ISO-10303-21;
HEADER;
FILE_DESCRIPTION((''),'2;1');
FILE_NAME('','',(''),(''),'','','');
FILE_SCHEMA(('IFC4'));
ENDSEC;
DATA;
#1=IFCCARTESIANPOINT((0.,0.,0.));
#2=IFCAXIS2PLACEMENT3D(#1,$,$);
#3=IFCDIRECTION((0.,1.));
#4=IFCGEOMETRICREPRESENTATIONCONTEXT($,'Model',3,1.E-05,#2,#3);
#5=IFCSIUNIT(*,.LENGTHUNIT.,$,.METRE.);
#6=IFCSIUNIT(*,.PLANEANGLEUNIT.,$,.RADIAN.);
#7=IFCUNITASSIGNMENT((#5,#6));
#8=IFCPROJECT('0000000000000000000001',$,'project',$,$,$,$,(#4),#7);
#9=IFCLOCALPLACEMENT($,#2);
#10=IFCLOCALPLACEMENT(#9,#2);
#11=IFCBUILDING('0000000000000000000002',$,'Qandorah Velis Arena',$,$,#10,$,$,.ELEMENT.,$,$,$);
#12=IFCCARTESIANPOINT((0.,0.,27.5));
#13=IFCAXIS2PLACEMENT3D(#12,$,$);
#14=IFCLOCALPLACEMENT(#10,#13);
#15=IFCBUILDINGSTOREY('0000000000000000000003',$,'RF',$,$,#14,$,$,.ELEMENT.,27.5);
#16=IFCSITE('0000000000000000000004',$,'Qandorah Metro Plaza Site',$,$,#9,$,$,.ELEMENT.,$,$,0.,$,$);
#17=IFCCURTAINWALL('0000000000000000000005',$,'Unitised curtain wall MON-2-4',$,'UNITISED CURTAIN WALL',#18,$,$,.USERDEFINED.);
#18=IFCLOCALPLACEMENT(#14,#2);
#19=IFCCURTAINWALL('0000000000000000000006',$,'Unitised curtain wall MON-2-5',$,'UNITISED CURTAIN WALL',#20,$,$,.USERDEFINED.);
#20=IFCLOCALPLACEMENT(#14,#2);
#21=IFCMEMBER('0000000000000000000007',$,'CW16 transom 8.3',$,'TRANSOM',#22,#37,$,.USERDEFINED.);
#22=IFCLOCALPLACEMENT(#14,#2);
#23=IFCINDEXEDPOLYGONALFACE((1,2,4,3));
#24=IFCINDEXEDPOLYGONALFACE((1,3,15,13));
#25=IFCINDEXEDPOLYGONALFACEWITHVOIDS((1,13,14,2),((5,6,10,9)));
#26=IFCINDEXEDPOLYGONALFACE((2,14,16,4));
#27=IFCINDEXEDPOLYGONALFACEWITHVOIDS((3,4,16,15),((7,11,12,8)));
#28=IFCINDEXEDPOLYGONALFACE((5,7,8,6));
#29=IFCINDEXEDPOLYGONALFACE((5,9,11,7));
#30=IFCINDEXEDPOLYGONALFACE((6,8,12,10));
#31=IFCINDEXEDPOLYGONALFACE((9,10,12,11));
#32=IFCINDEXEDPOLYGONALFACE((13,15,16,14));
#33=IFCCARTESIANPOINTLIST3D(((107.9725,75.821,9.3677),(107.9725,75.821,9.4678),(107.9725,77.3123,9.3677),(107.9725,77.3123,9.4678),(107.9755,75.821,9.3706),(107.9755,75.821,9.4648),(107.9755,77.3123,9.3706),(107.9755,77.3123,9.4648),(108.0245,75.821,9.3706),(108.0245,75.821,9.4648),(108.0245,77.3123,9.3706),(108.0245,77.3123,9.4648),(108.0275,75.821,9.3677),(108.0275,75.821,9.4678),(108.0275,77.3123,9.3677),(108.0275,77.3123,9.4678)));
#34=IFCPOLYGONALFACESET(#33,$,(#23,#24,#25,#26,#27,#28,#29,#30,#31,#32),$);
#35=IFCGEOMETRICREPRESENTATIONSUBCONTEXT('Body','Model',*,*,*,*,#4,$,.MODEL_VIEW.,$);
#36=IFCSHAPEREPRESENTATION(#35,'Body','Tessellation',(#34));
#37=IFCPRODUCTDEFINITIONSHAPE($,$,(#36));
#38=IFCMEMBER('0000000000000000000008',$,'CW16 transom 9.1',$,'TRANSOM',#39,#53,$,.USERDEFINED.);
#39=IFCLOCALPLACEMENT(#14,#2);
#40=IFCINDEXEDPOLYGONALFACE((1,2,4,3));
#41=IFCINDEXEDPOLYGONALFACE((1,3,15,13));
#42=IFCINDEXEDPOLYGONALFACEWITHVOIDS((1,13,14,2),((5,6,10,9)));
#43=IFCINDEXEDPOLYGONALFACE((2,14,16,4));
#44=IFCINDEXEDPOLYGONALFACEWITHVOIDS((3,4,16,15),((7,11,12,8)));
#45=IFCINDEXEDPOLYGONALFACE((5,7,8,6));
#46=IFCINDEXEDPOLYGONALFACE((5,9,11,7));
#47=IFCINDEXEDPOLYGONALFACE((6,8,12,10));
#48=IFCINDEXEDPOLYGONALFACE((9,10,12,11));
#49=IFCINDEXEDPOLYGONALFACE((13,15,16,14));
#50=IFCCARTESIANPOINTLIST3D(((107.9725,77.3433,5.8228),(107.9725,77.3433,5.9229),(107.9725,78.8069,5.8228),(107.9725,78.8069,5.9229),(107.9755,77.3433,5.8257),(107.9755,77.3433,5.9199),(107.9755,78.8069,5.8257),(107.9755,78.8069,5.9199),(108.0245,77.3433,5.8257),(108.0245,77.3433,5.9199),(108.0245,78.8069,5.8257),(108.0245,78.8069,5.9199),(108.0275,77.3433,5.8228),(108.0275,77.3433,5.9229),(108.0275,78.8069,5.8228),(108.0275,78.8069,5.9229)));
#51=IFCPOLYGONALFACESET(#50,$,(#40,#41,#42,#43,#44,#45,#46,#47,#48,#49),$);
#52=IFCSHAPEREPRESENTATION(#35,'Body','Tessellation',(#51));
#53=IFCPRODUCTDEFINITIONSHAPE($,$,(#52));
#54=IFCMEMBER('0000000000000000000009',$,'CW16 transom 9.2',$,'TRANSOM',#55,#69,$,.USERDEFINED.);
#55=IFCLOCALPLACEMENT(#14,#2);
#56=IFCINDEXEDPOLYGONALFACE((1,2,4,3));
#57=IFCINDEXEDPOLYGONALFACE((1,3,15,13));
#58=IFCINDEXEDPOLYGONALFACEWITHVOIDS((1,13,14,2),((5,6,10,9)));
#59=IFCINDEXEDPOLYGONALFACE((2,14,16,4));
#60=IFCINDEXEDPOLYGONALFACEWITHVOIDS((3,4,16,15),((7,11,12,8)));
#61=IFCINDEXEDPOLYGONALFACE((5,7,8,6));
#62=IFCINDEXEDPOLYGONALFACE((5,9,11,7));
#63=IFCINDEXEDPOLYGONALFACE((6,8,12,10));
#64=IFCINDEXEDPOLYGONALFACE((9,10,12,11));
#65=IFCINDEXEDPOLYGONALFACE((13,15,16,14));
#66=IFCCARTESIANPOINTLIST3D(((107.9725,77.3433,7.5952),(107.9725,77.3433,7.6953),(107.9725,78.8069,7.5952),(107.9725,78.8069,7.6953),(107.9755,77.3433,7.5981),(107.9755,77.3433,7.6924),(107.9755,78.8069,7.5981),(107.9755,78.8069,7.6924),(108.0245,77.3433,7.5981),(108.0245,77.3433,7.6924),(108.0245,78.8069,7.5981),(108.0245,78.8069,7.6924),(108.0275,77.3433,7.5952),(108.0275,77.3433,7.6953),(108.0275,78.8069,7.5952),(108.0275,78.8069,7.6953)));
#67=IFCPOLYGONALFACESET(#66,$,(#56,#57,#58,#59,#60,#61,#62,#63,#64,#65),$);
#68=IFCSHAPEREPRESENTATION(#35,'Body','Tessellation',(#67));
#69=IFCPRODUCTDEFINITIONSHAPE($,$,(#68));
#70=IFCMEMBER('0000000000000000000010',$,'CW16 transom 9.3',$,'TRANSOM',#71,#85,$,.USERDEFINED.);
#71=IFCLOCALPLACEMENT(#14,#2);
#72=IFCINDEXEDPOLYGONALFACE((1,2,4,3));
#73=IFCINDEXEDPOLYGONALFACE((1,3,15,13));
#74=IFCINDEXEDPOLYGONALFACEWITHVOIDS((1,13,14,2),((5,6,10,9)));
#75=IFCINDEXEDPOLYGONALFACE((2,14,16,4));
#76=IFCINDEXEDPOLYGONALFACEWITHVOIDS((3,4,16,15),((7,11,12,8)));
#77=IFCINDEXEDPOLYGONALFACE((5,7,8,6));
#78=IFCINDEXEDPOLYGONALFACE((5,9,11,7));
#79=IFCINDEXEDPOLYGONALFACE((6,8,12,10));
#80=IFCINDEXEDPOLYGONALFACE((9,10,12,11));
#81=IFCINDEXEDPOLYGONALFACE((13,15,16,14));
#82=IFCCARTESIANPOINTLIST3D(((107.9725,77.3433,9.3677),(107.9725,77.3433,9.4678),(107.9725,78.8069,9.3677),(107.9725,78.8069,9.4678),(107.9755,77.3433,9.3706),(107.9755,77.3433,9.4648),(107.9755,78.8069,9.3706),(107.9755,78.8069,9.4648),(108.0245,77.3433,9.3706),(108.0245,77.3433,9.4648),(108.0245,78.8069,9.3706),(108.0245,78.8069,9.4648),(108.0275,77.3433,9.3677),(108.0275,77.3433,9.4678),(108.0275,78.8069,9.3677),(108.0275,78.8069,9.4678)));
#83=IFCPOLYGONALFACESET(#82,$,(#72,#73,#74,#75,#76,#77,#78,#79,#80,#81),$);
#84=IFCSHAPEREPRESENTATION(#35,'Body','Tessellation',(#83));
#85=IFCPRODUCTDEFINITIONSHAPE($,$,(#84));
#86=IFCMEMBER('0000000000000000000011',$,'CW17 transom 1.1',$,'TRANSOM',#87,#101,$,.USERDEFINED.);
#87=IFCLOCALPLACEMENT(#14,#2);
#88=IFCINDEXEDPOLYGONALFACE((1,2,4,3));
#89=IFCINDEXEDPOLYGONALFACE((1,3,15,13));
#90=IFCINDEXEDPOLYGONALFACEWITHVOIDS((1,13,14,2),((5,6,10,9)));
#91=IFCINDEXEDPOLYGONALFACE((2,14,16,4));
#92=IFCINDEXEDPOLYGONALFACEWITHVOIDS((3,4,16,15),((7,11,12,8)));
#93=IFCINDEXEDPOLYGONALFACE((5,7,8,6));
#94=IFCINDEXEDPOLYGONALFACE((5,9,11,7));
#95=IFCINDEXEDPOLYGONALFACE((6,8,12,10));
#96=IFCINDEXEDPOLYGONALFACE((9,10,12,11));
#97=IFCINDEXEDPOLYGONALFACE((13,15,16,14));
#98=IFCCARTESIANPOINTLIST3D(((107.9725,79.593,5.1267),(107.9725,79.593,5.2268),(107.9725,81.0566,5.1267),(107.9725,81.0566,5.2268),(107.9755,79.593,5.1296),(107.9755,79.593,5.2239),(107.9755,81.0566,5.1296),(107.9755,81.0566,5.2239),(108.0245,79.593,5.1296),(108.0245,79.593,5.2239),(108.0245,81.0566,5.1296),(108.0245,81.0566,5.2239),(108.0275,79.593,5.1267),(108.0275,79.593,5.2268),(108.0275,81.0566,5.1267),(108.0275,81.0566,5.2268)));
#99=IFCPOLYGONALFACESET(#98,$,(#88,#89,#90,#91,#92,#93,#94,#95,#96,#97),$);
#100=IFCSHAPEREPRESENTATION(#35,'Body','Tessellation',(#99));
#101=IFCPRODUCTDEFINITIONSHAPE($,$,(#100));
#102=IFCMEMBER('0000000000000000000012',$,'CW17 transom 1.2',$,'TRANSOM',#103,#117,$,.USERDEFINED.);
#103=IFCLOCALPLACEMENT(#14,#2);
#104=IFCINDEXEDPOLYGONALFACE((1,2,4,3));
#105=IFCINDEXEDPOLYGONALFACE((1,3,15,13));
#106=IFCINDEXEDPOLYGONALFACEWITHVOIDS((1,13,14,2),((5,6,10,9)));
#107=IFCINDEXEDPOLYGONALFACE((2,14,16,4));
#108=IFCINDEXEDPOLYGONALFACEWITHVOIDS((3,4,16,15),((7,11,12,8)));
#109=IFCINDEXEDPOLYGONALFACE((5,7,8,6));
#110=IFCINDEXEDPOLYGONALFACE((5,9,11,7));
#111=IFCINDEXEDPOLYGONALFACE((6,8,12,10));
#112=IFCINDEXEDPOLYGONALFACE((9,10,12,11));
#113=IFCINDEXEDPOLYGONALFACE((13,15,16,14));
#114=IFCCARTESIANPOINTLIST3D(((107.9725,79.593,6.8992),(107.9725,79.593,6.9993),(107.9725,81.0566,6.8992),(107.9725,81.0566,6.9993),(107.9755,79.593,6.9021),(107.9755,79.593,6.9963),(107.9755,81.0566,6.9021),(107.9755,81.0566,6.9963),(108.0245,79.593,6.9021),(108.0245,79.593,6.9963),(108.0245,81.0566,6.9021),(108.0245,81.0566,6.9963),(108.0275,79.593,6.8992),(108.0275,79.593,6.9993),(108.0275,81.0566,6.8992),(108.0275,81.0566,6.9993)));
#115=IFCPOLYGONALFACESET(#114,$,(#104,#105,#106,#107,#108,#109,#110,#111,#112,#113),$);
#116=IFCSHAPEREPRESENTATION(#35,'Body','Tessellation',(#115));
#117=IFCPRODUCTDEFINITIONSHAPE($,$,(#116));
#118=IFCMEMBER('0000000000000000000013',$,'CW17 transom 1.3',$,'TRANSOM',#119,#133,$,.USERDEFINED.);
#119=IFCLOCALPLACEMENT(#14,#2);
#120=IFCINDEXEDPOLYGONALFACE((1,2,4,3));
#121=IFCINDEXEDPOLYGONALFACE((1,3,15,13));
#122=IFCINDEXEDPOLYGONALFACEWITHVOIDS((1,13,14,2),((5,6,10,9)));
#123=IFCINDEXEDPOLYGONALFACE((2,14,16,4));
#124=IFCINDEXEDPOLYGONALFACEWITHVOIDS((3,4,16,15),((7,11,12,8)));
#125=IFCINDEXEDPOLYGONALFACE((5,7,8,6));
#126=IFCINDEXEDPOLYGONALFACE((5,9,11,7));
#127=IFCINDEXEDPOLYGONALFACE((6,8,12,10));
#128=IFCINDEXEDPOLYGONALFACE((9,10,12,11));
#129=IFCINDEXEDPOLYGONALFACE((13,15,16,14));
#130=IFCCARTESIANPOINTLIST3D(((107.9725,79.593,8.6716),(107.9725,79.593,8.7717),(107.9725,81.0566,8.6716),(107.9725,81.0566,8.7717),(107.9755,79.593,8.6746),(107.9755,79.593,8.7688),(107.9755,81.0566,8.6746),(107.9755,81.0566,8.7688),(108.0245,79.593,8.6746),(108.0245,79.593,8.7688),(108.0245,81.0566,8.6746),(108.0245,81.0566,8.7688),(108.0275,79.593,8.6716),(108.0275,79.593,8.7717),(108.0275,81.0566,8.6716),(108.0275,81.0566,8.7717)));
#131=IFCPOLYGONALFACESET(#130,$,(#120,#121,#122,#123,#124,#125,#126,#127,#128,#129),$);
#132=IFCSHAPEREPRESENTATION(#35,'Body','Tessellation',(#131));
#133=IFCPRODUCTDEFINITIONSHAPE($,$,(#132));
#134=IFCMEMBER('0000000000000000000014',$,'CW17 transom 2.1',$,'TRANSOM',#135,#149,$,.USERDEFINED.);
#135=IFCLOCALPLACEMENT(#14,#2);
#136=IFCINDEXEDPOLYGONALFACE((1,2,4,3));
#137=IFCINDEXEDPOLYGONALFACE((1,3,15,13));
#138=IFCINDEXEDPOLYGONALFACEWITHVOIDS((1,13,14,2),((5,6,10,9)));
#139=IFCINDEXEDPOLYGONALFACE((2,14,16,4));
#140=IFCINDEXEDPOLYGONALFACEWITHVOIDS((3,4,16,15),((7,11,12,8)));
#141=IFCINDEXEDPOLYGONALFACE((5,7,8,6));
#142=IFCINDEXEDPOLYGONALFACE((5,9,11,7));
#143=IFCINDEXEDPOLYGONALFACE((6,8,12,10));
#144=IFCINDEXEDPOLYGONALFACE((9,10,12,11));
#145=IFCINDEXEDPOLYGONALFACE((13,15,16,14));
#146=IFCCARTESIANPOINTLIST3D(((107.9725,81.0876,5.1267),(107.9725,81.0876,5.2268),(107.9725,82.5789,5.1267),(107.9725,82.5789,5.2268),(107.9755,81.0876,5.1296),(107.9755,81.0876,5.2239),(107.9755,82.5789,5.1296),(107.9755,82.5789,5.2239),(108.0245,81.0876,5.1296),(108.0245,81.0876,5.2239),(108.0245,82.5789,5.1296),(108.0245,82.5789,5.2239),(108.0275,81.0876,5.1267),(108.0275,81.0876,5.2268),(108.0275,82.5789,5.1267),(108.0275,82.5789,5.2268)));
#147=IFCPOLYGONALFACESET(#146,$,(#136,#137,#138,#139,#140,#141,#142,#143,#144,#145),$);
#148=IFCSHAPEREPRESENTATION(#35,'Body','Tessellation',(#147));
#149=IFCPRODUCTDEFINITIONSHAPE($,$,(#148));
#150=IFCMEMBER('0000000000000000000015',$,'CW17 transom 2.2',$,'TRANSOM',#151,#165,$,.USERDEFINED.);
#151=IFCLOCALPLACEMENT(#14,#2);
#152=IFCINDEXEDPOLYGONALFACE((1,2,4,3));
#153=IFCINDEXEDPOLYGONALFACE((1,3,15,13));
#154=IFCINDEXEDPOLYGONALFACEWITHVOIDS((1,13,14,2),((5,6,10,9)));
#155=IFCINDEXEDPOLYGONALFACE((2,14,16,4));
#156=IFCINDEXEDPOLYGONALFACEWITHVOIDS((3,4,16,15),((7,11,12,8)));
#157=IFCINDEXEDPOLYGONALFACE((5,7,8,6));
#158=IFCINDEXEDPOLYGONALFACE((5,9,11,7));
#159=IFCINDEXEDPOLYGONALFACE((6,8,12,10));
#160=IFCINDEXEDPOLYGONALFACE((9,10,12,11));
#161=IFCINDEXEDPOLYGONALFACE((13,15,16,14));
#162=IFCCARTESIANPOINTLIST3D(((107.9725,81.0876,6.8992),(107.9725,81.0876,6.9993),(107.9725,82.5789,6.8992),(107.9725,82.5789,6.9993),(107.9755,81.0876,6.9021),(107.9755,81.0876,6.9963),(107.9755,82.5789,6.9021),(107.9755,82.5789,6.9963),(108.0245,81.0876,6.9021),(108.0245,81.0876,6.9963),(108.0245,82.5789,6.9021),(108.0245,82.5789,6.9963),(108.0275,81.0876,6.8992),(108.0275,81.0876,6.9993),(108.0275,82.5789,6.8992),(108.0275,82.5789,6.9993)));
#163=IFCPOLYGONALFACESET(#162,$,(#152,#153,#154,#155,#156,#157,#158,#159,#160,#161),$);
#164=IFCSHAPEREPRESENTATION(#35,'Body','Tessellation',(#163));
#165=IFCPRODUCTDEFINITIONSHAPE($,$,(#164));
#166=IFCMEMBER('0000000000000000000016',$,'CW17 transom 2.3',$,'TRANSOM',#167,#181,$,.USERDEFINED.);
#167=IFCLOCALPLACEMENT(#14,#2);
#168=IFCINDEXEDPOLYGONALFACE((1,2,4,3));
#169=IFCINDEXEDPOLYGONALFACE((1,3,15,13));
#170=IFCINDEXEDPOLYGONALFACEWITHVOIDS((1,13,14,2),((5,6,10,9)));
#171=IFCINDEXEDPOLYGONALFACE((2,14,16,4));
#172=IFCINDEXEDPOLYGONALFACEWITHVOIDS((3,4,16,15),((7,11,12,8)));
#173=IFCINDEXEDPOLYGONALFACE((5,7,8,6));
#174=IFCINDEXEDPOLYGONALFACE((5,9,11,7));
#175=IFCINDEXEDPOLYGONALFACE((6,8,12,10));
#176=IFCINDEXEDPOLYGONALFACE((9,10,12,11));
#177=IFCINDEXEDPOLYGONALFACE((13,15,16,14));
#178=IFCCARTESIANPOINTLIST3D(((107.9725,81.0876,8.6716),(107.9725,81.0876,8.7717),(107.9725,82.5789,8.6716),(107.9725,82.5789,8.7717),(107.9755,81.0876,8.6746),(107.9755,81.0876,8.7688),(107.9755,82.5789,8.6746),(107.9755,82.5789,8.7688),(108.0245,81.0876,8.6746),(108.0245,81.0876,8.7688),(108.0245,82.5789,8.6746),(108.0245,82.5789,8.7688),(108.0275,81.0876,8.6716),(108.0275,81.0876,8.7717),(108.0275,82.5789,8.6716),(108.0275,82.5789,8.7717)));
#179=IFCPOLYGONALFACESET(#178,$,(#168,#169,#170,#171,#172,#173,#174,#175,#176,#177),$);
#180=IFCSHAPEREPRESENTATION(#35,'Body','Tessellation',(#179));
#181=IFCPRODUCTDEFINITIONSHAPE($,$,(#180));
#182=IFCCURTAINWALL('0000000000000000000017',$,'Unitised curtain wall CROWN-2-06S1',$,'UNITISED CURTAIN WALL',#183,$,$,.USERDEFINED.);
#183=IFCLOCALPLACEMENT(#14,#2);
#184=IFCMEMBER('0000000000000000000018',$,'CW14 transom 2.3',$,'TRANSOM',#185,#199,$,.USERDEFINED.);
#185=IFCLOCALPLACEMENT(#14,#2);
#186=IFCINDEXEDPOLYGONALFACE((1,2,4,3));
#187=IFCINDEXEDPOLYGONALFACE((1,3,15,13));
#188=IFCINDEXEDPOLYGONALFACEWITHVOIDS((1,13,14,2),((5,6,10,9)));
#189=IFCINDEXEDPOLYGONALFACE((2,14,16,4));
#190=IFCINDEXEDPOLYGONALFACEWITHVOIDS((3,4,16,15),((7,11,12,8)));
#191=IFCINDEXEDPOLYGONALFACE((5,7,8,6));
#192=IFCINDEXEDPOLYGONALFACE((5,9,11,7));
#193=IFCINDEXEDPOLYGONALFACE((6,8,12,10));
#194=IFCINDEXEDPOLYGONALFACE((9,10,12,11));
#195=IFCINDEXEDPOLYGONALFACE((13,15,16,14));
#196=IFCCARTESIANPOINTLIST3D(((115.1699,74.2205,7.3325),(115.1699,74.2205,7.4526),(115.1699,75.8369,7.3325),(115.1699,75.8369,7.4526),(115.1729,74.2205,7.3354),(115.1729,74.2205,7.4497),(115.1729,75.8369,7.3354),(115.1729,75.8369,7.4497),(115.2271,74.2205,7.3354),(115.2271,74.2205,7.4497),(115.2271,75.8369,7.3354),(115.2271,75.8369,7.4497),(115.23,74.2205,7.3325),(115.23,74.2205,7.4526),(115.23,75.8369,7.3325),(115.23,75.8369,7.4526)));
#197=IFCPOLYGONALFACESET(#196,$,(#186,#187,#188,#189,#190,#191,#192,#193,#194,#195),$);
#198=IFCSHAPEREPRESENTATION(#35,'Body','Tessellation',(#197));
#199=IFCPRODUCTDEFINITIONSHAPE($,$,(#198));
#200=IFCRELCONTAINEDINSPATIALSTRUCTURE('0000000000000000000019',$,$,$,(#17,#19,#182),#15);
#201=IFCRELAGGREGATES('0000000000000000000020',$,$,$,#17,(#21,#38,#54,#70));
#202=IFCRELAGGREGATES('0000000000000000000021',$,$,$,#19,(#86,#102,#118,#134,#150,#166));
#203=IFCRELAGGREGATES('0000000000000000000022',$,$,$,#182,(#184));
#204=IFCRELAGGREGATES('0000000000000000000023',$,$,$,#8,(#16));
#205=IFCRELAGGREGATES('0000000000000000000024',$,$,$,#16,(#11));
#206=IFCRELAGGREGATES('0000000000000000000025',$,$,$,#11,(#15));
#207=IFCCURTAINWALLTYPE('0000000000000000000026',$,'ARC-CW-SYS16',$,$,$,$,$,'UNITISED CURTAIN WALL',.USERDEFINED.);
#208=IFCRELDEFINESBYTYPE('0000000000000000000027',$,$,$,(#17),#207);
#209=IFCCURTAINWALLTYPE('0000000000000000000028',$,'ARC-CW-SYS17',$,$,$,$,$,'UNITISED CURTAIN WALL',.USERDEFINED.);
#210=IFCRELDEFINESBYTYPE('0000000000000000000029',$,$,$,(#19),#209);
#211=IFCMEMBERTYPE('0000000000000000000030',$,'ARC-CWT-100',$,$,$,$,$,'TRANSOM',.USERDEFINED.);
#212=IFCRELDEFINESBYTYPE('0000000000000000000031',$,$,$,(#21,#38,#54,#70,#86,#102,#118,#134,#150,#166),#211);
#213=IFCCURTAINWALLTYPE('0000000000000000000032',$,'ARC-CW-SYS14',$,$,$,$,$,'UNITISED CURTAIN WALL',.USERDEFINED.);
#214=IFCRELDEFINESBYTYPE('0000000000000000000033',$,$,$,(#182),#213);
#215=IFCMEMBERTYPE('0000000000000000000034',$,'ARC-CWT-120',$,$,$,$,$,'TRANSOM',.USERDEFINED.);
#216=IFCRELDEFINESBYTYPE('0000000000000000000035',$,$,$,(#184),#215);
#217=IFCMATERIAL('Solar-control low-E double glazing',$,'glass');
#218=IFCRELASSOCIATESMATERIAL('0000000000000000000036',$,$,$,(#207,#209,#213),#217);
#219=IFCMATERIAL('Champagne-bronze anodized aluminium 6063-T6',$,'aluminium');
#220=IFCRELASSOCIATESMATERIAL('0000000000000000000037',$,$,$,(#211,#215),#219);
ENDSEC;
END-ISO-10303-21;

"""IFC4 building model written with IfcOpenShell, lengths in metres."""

from ifc_helpers import new_model, si_unit, direction, frame, origin, origin_2d, place, context, subcontext, project, spatial, hollow_rectangle, extrude, material, material_profile, profile_set, type_object, element, aggregate, save


model = new_model("IFC4")

# Units and contexts
model_context = context("Model", 3, precision=1e-05, world=origin(), true_north=direction((0.0, 1.0)))
body_context = subcontext(model_context, "Body", "Model", "MODEL_VIEW")
ifc_project = project(units=[si_unit("LENGTHUNIT", "METRE"), si_unit("PLANEANGLEUNIT", "RADIAN")], contexts=[model_context])

# Site, building, storey
site_placement = place(None, origin())
site = spatial("IfcSite", under=ifc_project, at=site_placement, Name="Qandorah Metro Plaza Site", CompositionType="ELEMENT", RefElevation=0.0)
building_placement = place(site_placement, origin())
building = spatial("IfcBuilding", under=site, at=building_placement, Name="Qandorah Velis Arena", CompositionType="ELEMENT")
storey_placement = place(building_placement, frame((0.0, 0.0, 27.5)))
storey = spatial("IfcBuildingStorey", under=building, at=storey_placement, Name="RF", CompositionType="ELEMENT", Elevation=27.5)

# Curtain walls
ifc_material_1 = material(Name="Solar-control low-E double glazing", Category="glass")
curtain_wall_type_1 = type_object("IfcCurtainWallType", Name="ARC-CW-SYS16", ElementType="UNITISED CURTAIN WALL", PredefinedType="USERDEFINED", material=ifc_material_1)
curtain_wall_1_placement = place(storey_placement, origin())
curtain_wall_1 = element("IfcCurtainWall", 1, at=curtain_wall_1_placement, inside=storey, type_object=curtain_wall_type_1, Name="Unitised curtain wall MON-2-4", ObjectType="UNITISED CURTAIN WALL", PredefinedType="USERDEFINED")
ifc_material_2 = material(Name="Champagne-bronze anodized aluminium 6063-T6", Category="aluminium")
curtain_wall_type_2 = type_object("IfcCurtainWallType", Name="ARC-CW-SYS17", ElementType="UNITISED CURTAIN WALL", PredefinedType="USERDEFINED", material=ifc_material_1)
curtain_wall_2_placement = place(storey_placement, origin())
curtain_wall_2 = element("IfcCurtainWall", 2, at=curtain_wall_2_placement, inside=storey, type_object=curtain_wall_type_2, Name="Unitised curtain wall MON-2-5", ObjectType="UNITISED CURTAIN WALL", PredefinedType="USERDEFINED")

# Members
ifc_material_profile_1 = material_profile(ifc_material_2, hollow_rectangle(XDim=0.0549, YDim=0.1001, WallThickness=0.0029, at=origin_2d()), Name="ALU TRANSOM 55x100")
ifc_profile_set_1 = profile_set([ifc_material_profile_1], Name="Champagne-bronze anodized aluminium 6063-T6")
member_type_1 = type_object("IfcMemberType", Name="ARC-CWT-100", ElementType="TRANSOM", PredefinedType="USERDEFINED", material=ifc_profile_set_1)
member_1_placement = place(storey_placement, frame((108.0, 75.821, 9.4177), z_axis=(0.0, 1.0, 0.0), x_axis=(-1.0, 0.0, 0.0)))
member_1 = element("IfcMember", 3, at=member_1_placement, type_object=member_type_1, Name="CW16 transom 8.3", ObjectType="TRANSOM", PredefinedType="USERDEFINED", context=body_context, shape_type="SweptSolid", body=[
    extrude(hollow_rectangle(XDim=0.0549, YDim=0.1001, WallThickness=0.0029, at=origin_2d()), origin(), (0.0, 0.0, 1.0), 1.4912),
])
member_2_placement = place(storey_placement, frame((108.0, 77.3433, 5.8728), z_axis=(0.0, 1.0, 0.0), x_axis=(-1.0, 0.0, 0.0)))
member_2 = element("IfcMember", 4, at=member_2_placement, type_object=member_type_1, Name="CW16 transom 9.1", ObjectType="TRANSOM", PredefinedType="USERDEFINED", context=body_context, shape_type="SweptSolid", body=[
    extrude(hollow_rectangle(XDim=0.0549, YDim=0.1001, WallThickness=0.0029, at=origin_2d()), origin(), (0.0, 0.0, 1.0), 1.4636),
])
member_3_placement = place(storey_placement, frame((108.0, 77.3433, 7.6453), z_axis=(0.0, 1.0, 0.0), x_axis=(-1.0, 0.0, 0.0)))
member_3 = element("IfcMember", 5, at=member_3_placement, type_object=member_type_1, Name="CW16 transom 9.2", ObjectType="TRANSOM", PredefinedType="USERDEFINED", context=body_context, shape_type="SweptSolid", body=[
    extrude(hollow_rectangle(XDim=0.0549, YDim=0.1001, WallThickness=0.0029, at=origin_2d()), origin(), (0.0, 0.0, 1.0), 1.4636),
])
member_4_placement = place(storey_placement, frame((108.0, 77.3433, 9.4177), z_axis=(0.0, 1.0, 0.0), x_axis=(-1.0, 0.0, 0.0)))
member_4 = element("IfcMember", 6, at=member_4_placement, type_object=member_type_1, Name="CW16 transom 9.3", ObjectType="TRANSOM", PredefinedType="USERDEFINED", context=body_context, shape_type="SweptSolid", body=[
    extrude(hollow_rectangle(XDim=0.0549, YDim=0.1001, WallThickness=0.0029, at=origin_2d()), origin(), (0.0, 0.0, 1.0), 1.4636),
])
member_5_placement = place(storey_placement, frame((108.0, 79.593, 5.1768), z_axis=(0.0, 1.0, 0.0), x_axis=(-1.0, 0.0, 0.0)))
member_5 = element("IfcMember", 7, at=member_5_placement, type_object=member_type_1, Name="CW17 transom 1.1", ObjectType="TRANSOM", PredefinedType="USERDEFINED", context=body_context, shape_type="SweptSolid", body=[
    extrude(hollow_rectangle(XDim=0.0549, YDim=0.1001, WallThickness=0.0029, at=origin_2d()), origin(), (0.0, 0.0, 1.0), 1.4636),
])
member_6_placement = place(storey_placement, frame((108.0, 79.593, 6.9492), z_axis=(0.0, 1.0, 0.0), x_axis=(-1.0, 0.0, 0.0)))
member_6 = element("IfcMember", 8, at=member_6_placement, type_object=member_type_1, Name="CW17 transom 1.2", ObjectType="TRANSOM", PredefinedType="USERDEFINED", context=body_context, shape_type="SweptSolid", body=[
    extrude(hollow_rectangle(XDim=0.0549, YDim=0.1001, WallThickness=0.0029, at=origin_2d()), origin(), (0.0, 0.0, 1.0), 1.4636),
])
member_7_placement = place(storey_placement, frame((108.0, 79.593, 8.7217), z_axis=(0.0, 1.0, 0.0), x_axis=(-1.0, 0.0, 0.0)))
member_7 = element("IfcMember", 9, at=member_7_placement, type_object=member_type_1, Name="CW17 transom 1.3", ObjectType="TRANSOM", PredefinedType="USERDEFINED", context=body_context, shape_type="SweptSolid", body=[
    extrude(hollow_rectangle(XDim=0.0549, YDim=0.1001, WallThickness=0.0029, at=origin_2d()), origin(), (0.0, 0.0, 1.0), 1.4636),
])
member_8_placement = place(storey_placement, frame((108.0, 81.0876, 5.1768), z_axis=(0.0, 1.0, 0.0), x_axis=(-1.0, 0.0, 0.0)))
member_8 = element("IfcMember", 10, at=member_8_placement, type_object=member_type_1, Name="CW17 transom 2.1", ObjectType="TRANSOM", PredefinedType="USERDEFINED", context=body_context, shape_type="SweptSolid", body=[
    extrude(hollow_rectangle(XDim=0.0549, YDim=0.1001, WallThickness=0.0029, at=origin_2d()), origin(), (0.0, 0.0, 1.0), 1.4912),
])
member_9_placement = place(storey_placement, frame((108.0, 81.0876, 6.9492), z_axis=(0.0, 1.0, 0.0), x_axis=(-1.0, 0.0, 0.0)))
member_9 = element("IfcMember", 11, at=member_9_placement, type_object=member_type_1, Name="CW17 transom 2.2", ObjectType="TRANSOM", PredefinedType="USERDEFINED", context=body_context, shape_type="SweptSolid", body=[
    extrude(hollow_rectangle(XDim=0.0549, YDim=0.1001, WallThickness=0.0029, at=origin_2d()), origin(), (0.0, 0.0, 1.0), 1.4912),
])
member_10_placement = place(storey_placement, frame((108.0, 81.0876, 8.7217), z_axis=(0.0, 1.0, 0.0), x_axis=(-1.0, 0.0, 0.0)))
member_10 = element("IfcMember", 12, at=member_10_placement, type_object=member_type_1, Name="CW17 transom 2.3", ObjectType="TRANSOM", PredefinedType="USERDEFINED", context=body_context, shape_type="SweptSolid", body=[
    extrude(hollow_rectangle(XDim=0.0549, YDim=0.1001, WallThickness=0.0029, at=origin_2d()), origin(), (0.0, 0.0, 1.0), 1.4912),
])

# Curtain wall, member
curtain_wall_type_3 = type_object("IfcCurtainWallType", Name="ARC-CW-SYS14", ElementType="UNITISED CURTAIN WALL", PredefinedType="USERDEFINED", material=ifc_material_1)
curtain_wall_3_placement = place(storey_placement, origin())
curtain_wall_3 = element("IfcCurtainWall", 13, at=curtain_wall_3_placement, inside=storey, type_object=curtain_wall_type_3, Name="Unitised curtain wall CROWN-2-06S1", ObjectType="UNITISED CURTAIN WALL", PredefinedType="USERDEFINED")
ifc_material_profile_2 = material_profile(ifc_material_2, hollow_rectangle(XDim=0.0601, YDim=0.1201, WallThickness=0.0029, at=origin_2d()), Name="ALU TRANSOM 60x120")
ifc_profile_set_2 = profile_set([ifc_material_profile_2], Name="Champagne-bronze anodized aluminium 6063-T6")
member_type_2 = type_object("IfcMemberType", Name="ARC-CWT-120", ElementType="TRANSOM", PredefinedType="USERDEFINED", material=ifc_profile_set_2)
member_11_placement = place(storey_placement, frame((115.2, 74.2205, 7.3926), z_axis=(0.0, 1.0, 0.0), x_axis=(-1.0, 0.0, 0.0)))
member_11 = element("IfcMember", 14, at=member_11_placement, type_object=member_type_2, Name="CW14 transom 2.3", ObjectType="TRANSOM", PredefinedType="USERDEFINED", context=body_context, shape_type="SweptSolid", body=[
    extrude(hollow_rectangle(XDim=0.0601, YDim=0.1201, WallThickness=0.0029, at=origin_2d()), origin(), (0.0, 0.0, 1.0), 1.6165),
])

aggregate(curtain_wall_1, [member_1, member_2, member_3, member_4])
aggregate(curtain_wall_2, [member_5, member_6, member_7, member_8, member_9, member_10])
aggregate(curtain_wall_3, [member_11])

save(model, "model.ifc")
